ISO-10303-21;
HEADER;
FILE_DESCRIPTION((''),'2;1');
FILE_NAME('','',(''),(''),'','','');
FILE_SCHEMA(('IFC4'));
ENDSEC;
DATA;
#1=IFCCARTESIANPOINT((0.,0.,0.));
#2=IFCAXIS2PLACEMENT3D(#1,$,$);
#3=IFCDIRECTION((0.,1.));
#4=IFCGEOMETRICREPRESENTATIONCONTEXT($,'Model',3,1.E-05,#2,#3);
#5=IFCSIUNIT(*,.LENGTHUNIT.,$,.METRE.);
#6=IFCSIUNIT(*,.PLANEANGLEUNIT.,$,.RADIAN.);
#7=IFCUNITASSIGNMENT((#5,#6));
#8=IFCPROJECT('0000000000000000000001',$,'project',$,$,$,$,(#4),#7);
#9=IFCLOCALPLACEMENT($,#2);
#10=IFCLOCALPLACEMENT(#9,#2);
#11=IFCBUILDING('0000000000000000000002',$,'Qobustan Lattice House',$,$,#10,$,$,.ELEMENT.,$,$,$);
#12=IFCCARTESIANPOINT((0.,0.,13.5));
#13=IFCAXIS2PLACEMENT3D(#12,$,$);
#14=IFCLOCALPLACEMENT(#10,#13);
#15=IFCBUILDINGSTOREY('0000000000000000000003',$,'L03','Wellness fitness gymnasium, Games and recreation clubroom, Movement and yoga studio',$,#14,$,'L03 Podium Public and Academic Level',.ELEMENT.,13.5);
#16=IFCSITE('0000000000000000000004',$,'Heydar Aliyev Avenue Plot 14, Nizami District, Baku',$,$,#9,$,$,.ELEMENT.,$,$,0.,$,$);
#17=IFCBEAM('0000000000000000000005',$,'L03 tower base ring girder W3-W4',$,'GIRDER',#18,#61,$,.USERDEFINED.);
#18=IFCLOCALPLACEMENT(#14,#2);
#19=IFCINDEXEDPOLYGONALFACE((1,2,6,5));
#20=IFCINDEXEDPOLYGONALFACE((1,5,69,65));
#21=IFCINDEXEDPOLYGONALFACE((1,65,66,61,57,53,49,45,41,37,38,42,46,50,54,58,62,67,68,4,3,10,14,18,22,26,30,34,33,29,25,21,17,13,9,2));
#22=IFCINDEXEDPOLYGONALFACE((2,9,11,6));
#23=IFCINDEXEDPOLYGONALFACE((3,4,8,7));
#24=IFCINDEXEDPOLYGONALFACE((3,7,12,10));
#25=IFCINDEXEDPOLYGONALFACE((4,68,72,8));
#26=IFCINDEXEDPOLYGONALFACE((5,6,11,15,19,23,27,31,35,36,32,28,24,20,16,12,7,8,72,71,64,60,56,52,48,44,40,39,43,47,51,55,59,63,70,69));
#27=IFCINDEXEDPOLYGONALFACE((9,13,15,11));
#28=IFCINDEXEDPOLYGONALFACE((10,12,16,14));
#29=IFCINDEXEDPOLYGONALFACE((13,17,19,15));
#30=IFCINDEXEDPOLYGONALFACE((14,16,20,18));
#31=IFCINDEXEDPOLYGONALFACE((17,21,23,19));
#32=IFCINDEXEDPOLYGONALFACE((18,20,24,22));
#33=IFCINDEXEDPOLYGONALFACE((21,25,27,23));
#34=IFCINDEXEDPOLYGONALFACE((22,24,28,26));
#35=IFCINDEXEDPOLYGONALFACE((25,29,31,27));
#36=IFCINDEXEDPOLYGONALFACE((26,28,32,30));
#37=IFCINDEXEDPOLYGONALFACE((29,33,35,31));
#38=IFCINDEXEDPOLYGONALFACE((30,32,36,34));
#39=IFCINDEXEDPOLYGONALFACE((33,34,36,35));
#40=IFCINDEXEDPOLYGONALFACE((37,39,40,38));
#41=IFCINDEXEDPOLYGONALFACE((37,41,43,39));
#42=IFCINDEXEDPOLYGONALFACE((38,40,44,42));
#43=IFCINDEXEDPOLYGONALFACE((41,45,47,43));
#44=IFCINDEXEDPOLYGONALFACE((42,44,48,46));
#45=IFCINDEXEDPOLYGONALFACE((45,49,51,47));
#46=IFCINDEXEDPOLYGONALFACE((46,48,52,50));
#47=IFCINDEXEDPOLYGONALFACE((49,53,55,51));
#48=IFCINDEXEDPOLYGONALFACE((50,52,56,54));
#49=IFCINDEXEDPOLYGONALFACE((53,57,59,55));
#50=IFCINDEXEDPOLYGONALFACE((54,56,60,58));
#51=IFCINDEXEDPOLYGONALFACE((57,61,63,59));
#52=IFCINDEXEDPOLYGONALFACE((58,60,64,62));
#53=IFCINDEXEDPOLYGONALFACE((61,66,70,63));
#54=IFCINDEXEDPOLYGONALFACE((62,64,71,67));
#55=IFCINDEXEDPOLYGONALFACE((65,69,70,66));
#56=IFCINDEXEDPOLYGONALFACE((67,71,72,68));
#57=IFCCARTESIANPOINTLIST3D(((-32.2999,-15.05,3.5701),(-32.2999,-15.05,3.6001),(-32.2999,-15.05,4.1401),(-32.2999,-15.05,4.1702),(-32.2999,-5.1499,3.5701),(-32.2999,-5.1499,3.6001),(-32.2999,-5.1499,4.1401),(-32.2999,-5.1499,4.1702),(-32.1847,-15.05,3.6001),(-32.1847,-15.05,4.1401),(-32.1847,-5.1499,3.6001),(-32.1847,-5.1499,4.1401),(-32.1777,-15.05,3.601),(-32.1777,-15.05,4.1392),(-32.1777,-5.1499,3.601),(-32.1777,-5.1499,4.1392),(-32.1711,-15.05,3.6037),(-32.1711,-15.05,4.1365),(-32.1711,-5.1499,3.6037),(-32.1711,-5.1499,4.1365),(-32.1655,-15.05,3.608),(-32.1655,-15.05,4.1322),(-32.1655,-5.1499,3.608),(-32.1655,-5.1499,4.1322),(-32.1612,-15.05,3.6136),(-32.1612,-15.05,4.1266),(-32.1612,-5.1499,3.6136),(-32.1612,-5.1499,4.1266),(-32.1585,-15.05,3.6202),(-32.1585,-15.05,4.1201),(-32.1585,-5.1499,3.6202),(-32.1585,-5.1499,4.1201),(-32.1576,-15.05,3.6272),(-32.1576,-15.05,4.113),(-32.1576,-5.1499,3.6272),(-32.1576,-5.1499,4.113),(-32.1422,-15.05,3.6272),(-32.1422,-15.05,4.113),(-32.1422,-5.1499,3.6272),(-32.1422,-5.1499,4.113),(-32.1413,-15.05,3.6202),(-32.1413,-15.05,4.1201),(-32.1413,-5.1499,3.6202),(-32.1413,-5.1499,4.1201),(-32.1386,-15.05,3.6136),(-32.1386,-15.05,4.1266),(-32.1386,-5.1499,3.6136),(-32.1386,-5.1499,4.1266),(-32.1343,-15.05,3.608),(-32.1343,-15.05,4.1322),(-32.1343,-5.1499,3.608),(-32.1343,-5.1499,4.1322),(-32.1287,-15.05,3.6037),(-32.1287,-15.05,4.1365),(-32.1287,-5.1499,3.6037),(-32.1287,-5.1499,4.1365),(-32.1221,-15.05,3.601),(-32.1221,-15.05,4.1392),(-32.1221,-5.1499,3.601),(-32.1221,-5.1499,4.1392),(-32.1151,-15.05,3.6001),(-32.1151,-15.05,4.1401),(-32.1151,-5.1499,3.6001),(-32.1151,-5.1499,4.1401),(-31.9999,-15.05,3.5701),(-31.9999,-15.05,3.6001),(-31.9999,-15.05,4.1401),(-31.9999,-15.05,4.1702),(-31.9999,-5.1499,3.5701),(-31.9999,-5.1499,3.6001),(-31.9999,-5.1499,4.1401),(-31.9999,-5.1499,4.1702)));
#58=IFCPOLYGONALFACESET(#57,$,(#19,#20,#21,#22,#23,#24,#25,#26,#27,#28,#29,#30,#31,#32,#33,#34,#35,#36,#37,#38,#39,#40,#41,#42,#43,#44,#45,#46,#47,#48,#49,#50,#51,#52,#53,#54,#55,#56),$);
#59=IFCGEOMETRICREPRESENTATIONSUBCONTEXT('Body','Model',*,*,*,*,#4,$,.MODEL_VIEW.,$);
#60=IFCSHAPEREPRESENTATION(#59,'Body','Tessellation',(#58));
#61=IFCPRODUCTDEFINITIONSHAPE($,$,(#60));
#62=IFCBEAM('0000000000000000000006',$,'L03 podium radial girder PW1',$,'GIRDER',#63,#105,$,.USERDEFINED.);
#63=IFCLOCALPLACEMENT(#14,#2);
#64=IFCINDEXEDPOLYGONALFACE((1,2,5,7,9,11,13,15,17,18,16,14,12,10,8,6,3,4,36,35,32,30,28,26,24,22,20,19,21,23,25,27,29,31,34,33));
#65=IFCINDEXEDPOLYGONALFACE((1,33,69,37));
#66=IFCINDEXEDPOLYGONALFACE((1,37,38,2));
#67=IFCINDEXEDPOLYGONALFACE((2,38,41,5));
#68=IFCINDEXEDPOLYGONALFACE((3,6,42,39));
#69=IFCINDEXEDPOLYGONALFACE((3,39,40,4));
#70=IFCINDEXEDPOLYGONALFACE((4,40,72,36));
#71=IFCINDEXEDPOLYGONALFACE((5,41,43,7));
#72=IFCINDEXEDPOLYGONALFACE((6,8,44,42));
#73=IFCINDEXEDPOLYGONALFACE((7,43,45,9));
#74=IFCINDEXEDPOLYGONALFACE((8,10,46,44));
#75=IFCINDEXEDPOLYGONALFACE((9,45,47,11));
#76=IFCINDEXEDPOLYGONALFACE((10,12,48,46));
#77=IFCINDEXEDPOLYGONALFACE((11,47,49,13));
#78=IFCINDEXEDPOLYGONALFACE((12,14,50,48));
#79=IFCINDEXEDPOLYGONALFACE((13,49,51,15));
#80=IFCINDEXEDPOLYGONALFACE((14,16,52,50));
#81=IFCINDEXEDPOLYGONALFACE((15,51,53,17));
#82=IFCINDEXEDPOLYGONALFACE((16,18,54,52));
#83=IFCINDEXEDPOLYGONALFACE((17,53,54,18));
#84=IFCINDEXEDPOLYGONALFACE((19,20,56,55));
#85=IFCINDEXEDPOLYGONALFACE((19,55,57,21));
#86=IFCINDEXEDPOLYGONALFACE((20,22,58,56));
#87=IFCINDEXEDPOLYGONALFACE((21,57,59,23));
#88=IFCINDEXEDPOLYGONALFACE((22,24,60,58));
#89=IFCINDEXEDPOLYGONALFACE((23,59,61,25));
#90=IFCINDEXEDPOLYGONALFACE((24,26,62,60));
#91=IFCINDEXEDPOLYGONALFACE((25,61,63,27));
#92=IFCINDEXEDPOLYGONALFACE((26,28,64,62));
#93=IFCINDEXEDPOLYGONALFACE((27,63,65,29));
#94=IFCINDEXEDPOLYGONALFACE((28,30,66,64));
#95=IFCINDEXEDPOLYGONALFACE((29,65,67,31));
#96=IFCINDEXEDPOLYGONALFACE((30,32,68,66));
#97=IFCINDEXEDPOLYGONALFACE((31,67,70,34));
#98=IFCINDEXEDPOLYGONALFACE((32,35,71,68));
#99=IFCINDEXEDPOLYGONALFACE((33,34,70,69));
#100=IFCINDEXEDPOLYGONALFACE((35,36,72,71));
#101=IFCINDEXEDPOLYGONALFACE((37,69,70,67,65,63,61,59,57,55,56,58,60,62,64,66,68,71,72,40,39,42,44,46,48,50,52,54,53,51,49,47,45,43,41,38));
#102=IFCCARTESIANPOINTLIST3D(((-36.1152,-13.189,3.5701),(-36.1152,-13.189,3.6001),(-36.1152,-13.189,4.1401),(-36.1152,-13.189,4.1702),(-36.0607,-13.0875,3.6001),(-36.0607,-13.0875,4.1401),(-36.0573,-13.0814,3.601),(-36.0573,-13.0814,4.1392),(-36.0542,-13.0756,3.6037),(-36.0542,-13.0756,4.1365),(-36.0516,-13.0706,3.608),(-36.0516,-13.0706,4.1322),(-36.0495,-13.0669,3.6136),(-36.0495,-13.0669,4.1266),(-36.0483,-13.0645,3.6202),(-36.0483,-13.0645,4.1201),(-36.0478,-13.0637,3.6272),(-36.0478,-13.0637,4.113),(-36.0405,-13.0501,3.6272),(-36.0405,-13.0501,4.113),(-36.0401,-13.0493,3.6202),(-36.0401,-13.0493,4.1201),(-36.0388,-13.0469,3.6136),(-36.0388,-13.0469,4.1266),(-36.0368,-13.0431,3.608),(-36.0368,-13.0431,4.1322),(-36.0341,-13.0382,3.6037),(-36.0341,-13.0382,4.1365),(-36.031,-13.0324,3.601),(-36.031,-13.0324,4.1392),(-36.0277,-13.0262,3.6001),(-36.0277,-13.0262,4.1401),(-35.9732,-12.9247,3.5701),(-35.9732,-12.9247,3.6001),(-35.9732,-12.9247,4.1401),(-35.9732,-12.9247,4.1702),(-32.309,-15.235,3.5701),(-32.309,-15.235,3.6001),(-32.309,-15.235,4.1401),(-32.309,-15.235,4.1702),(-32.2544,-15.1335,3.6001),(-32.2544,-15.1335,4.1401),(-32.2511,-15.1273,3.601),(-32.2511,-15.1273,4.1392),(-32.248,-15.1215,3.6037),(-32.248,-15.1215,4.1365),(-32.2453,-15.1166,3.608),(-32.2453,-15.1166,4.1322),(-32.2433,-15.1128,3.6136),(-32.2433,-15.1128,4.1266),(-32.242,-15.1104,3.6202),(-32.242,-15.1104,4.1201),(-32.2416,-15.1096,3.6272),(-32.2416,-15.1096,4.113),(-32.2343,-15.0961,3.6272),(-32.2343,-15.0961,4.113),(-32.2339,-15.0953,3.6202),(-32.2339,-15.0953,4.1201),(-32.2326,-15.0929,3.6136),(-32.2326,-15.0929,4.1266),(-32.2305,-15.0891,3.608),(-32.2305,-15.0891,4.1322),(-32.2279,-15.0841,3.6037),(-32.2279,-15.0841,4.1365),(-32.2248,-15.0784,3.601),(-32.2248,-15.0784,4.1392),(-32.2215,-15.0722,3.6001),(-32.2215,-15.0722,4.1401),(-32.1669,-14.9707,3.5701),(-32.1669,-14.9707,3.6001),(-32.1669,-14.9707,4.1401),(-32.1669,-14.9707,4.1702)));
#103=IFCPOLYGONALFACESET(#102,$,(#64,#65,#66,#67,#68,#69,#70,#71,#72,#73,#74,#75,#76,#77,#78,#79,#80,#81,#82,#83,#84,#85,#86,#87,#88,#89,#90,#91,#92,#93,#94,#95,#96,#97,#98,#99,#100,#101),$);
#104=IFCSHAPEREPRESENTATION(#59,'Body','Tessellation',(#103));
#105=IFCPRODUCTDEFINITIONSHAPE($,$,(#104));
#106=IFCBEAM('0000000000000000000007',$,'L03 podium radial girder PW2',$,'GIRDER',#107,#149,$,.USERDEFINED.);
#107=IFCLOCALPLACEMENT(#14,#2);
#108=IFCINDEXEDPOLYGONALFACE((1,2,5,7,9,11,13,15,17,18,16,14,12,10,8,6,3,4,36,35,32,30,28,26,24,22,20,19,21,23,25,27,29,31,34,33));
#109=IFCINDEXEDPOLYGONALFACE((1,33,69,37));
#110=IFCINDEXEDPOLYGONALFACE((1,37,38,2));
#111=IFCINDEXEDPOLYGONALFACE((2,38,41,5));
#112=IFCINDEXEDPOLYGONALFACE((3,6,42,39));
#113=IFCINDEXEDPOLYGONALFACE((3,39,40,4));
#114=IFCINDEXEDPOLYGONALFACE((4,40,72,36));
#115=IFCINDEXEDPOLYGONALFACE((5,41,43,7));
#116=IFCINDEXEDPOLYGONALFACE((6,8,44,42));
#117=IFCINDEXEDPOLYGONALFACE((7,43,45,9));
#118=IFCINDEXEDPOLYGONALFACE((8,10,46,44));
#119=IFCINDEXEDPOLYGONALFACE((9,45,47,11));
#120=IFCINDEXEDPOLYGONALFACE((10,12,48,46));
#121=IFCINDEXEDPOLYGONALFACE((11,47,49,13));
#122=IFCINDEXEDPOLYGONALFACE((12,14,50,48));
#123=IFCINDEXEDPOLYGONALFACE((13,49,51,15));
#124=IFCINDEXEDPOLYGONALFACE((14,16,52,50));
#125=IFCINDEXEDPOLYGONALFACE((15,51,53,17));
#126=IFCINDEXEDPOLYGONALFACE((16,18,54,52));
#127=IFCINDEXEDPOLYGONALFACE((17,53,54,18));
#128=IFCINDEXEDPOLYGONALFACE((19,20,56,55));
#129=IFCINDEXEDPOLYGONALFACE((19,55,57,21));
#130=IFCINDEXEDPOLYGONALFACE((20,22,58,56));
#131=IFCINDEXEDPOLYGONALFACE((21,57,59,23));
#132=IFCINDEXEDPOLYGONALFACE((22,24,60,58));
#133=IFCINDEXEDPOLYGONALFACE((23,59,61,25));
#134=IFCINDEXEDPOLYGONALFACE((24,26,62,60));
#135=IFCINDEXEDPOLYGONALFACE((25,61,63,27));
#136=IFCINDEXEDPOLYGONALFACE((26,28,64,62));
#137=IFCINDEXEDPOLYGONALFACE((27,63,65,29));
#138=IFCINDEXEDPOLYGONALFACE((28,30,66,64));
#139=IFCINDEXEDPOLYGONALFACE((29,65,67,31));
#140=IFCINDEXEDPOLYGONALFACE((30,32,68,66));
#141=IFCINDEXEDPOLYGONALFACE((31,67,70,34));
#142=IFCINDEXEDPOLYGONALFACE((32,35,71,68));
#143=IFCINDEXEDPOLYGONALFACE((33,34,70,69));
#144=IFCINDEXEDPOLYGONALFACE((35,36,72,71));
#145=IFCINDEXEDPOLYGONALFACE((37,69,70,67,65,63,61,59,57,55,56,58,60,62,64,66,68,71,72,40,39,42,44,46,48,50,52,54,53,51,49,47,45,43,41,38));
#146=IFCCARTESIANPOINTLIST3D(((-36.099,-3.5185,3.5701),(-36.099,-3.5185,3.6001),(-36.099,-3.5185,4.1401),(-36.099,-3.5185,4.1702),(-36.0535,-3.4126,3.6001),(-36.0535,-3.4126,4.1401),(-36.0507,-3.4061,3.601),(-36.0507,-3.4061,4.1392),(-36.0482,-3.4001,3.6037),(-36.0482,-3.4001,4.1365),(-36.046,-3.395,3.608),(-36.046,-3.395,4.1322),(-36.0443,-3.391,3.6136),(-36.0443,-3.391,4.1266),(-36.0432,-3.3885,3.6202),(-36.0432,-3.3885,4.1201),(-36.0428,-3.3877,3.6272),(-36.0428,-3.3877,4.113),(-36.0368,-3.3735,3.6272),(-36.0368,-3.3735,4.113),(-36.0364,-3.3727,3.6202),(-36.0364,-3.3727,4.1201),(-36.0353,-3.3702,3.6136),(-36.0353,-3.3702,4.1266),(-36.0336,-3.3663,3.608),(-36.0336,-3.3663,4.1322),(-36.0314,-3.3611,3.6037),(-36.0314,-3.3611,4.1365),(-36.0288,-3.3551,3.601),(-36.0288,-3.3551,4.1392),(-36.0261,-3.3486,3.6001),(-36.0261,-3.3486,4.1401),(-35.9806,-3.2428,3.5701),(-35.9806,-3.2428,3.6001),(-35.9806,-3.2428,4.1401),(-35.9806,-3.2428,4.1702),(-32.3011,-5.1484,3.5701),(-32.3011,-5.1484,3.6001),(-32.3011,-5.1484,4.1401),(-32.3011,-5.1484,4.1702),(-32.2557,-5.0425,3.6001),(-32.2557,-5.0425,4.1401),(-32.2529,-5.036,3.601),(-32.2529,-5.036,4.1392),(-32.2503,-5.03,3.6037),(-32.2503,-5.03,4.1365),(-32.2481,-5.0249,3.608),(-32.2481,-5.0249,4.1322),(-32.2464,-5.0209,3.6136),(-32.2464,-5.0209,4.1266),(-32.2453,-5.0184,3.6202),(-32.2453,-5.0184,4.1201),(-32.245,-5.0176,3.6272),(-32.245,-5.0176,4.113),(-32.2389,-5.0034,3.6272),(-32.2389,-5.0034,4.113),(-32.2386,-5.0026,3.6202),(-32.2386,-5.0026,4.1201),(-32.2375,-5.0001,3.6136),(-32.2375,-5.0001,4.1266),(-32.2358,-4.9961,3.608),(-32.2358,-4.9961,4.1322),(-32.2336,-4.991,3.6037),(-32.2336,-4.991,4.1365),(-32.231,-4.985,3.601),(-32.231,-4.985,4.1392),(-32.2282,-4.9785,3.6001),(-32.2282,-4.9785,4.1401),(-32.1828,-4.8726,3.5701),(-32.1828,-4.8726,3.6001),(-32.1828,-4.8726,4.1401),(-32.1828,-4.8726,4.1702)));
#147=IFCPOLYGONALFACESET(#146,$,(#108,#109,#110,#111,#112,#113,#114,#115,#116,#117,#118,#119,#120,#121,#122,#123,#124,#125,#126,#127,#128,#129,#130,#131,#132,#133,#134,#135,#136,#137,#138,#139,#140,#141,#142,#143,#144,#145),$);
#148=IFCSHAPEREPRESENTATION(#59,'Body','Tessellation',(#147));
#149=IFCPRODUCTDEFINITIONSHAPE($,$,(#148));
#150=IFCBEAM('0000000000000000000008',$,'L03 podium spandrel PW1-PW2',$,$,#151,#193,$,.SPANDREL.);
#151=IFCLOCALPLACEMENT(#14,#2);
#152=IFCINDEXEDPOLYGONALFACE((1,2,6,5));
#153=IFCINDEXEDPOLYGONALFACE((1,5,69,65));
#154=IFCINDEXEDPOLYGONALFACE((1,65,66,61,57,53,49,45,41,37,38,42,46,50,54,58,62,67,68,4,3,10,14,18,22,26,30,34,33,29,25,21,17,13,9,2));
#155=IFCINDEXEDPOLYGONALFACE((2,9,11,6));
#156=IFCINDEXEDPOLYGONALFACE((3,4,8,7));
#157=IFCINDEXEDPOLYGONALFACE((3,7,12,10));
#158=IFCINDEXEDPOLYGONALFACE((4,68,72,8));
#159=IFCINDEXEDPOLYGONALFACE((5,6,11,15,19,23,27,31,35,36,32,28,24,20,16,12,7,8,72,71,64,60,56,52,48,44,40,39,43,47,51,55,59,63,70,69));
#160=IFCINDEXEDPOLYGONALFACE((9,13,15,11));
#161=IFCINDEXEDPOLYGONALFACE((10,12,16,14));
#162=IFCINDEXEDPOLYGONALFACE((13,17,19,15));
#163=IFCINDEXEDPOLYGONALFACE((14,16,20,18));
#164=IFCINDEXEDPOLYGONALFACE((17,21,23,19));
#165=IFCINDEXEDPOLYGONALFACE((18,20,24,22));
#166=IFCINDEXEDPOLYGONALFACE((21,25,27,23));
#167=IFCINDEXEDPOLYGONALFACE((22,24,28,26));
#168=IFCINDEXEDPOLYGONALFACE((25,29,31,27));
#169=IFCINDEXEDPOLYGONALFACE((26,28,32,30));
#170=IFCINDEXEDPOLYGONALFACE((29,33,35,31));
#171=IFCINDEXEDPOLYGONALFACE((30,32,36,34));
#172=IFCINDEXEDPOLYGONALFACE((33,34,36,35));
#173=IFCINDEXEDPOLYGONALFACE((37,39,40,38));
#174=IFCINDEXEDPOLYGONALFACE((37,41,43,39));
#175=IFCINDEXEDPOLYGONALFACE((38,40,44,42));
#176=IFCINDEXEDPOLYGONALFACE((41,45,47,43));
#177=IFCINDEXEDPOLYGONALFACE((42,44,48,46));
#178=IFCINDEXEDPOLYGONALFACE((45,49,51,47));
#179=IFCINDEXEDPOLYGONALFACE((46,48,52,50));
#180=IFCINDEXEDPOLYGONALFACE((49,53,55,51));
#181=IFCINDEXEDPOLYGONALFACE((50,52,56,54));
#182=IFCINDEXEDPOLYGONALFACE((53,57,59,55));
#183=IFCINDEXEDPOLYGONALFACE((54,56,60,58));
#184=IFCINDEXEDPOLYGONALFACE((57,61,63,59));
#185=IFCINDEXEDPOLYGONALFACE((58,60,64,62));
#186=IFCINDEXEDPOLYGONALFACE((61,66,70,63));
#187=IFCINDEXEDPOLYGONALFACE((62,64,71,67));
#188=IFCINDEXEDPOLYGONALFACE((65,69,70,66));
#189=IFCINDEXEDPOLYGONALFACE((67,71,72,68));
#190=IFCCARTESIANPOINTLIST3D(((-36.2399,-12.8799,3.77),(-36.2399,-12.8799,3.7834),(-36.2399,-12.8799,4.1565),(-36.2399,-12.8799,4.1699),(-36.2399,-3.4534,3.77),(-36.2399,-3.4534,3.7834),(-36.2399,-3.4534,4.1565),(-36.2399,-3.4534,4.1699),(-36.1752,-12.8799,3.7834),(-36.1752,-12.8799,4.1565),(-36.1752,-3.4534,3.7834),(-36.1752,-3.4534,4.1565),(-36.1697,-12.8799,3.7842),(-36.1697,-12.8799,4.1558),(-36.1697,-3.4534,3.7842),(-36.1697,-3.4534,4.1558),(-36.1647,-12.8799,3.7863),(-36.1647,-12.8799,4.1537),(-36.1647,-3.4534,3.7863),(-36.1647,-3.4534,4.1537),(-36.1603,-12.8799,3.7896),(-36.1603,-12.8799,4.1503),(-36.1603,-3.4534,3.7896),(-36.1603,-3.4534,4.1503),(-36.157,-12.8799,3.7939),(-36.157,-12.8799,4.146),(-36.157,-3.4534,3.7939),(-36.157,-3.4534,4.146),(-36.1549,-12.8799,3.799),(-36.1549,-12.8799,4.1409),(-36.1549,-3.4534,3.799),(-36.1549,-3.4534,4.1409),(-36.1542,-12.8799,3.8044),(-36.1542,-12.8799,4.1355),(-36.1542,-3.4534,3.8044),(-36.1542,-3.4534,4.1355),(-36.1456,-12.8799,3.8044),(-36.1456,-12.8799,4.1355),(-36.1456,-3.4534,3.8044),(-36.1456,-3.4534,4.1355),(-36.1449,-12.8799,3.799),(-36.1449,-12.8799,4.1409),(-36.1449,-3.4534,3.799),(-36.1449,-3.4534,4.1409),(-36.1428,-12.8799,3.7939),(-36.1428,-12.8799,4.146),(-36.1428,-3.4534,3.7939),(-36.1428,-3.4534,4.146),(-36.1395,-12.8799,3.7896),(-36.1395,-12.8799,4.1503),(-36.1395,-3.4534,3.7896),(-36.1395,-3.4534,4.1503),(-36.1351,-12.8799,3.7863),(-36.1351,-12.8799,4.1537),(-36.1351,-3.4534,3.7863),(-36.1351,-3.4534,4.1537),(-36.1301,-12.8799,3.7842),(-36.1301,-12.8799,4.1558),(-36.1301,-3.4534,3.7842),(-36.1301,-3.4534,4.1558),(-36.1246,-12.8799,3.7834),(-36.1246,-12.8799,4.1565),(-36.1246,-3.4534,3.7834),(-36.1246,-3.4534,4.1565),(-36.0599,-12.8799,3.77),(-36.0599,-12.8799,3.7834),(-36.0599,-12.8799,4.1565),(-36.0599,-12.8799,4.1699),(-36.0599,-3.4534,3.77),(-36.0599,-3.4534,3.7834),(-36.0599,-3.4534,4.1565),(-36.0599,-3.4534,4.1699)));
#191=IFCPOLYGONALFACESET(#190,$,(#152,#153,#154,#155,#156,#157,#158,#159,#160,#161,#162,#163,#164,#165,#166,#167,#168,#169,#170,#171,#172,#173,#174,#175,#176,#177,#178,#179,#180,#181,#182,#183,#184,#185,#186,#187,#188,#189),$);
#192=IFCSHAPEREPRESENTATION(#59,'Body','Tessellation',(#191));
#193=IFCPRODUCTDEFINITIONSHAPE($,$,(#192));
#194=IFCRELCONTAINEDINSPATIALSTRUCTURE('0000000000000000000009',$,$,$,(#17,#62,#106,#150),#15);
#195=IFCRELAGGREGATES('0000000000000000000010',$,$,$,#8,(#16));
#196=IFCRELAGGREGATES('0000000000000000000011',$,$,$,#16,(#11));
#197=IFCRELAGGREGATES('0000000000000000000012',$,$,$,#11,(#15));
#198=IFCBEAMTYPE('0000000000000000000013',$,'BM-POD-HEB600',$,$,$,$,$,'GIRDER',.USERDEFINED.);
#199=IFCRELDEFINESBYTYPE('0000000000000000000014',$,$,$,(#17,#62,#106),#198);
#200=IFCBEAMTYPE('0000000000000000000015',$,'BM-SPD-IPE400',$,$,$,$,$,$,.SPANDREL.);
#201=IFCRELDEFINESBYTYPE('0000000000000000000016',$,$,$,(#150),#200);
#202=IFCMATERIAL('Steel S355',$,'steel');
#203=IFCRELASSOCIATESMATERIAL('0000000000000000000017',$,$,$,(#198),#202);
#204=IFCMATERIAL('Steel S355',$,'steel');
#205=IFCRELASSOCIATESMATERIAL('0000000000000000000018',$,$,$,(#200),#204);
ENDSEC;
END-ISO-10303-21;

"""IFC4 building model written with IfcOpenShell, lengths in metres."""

from ifc_helpers import new_model, si_unit, direction, frame, origin, origin_2d, place, context, subcontext, project, spatial, i_section, extrude, material, material_profile, profile_set, type_object, element, save


model = new_model("IFC4")

# Units and contexts
model_context = context("Model", 3, precision=1e-05, world=origin(), true_north=direction((0.0, 1.0)))
body_context = subcontext(model_context, "Body", "Model", "MODEL_VIEW")
ifc_project = project(units=[si_unit("LENGTHUNIT", "METRE"), si_unit("PLANEANGLEUNIT", "RADIAN")], contexts=[model_context])

# Site, building, storey
site_placement = place(None, origin())
site = spatial("IfcSite", under=ifc_project, at=site_placement, Name="Heydar Aliyev Avenue Plot 14, Nizami District, Baku", CompositionType="ELEMENT", RefElevation=0.0)
building_placement = place(site_placement, origin())
building = spatial("IfcBuilding", under=site, at=building_placement, Name="Qobustan Lattice House", CompositionType="ELEMENT")
storey_placement = place(building_placement, frame((0.0, 0.0, 13.5)))
storey = spatial("IfcBuildingStorey", under=building, at=storey_placement, Name="L03", Description="Wellness fitness gymnasium, Games and recreation clubroom, Movement and yoga studio", LongName="L03 Podium Public and Academic Level", CompositionType="ELEMENT", Elevation=13.5)

# Beams
ifc_material_1 = material(Name="Steel S355", Category="steel")
ifc_material_profile_1 = material_profile(ifc_material_1, i_section(OverallWidth=0.3, OverallDepth=0.6001, WebThickness=0.0154, FlangeThickness=0.03, FilletRadius=0.0271, at=origin_2d()), Name="HEB600")
ifc_profile_set_1 = profile_set([ifc_material_profile_1], Name="Steel S355")
beam_type_1 = type_object("IfcBeamType", Name="BM-POD-HEB600", ElementType="GIRDER", PredefinedType="USERDEFINED", material=ifc_profile_set_1)
beam_1_placement = place(storey_placement, frame((-32.1499, -5.1499, 3.8701), z_axis=(0.0, -1.0, 0.0), x_axis=(1.0, 0.0, 0.0)))
element("IfcBeam", 1, at=beam_1_placement, inside=storey, type_object=beam_type_1, Name="L03 tower base ring girder W3-W4", ObjectType="GIRDER", PredefinedType="USERDEFINED", context=body_context, shape_type="SweptSolid", body=[
    extrude(i_section(OverallWidth=0.3, OverallDepth=0.6001, WebThickness=0.0154, FlangeThickness=0.03, FilletRadius=0.0271, at=origin_2d()), origin(), (0.0, 0.0, 1.0), 9.9001),
])
beam_2_placement = place(storey_placement, frame((-36.0442, -13.0569, 3.8701), z_axis=(0.880816, -0.47346, 0.0), x_axis=(0.47346, 0.880816, 0.0)))
element("IfcBeam", 2, at=beam_2_placement, inside=storey, type_object=beam_type_1, Name="L03 podium radial girder PW1", ObjectType="GIRDER", PredefinedType="USERDEFINED", context=body_context, shape_type="SweptSolid", body=[
    extrude(i_section(OverallWidth=0.3, OverallDepth=0.6001, WebThickness=0.0154, FlangeThickness=0.03, FilletRadius=0.0271, at=origin_2d()), origin(), (0.0, 0.0, 1.0), 4.3213),
])
beam_3_placement = place(storey_placement, frame((-36.0398, -3.3806, 3.8701), z_axis=(0.918949, -0.394376, 0.0), x_axis=(0.394376, 0.918949, 0.0)))
element("IfcBeam", 3, at=beam_3_placement, inside=storey, type_object=beam_type_1, Name="L03 podium radial girder PW2", ObjectType="GIRDER", PredefinedType="USERDEFINED", context=body_context, shape_type="SweptSolid", body=[
    extrude(i_section(OverallWidth=0.3, OverallDepth=0.6001, WebThickness=0.0154, FlangeThickness=0.03, FilletRadius=0.0271, at=origin_2d()), origin(), (0.0, 0.0, 1.0), 4.1328),
])
ifc_material_2 = material(Name="Steel S355", Category="steel")
ifc_material_profile_2 = material_profile(ifc_material_2, i_section(OverallWidth=0.1799, OverallDepth=0.3999, WebThickness=0.0085, FlangeThickness=0.0134, FilletRadius=0.021, at=origin_2d()), Name="IPE400")
ifc_profile_set_2 = profile_set([ifc_material_profile_2], Name="Steel S355")
beam_type_2 = type_object("IfcBeamType", Name="BM-SPD-IPE400", PredefinedType="SPANDREL", material=ifc_profile_set_2)
beam_4_placement = place(storey_placement, frame((-36.1499, -12.8799, 3.97), z_axis=(0.0, 1.0, 0.0), x_axis=(-1.0, 0.0, 0.0)))
element("IfcBeam", 4, at=beam_4_placement, inside=storey, type_object=beam_type_2, Name="L03 podium spandrel PW1-PW2", PredefinedType="SPANDREL", context=body_context, shape_type="SweptSolid", body=[
    extrude(i_section(OverallWidth=0.1799, OverallDepth=0.3999, WebThickness=0.0085, FlangeThickness=0.0134, FilletRadius=0.021, at=origin_2d()), origin(), (0.0, 0.0, 1.0), 9.4265),
])

save(model, "model.ifc")
